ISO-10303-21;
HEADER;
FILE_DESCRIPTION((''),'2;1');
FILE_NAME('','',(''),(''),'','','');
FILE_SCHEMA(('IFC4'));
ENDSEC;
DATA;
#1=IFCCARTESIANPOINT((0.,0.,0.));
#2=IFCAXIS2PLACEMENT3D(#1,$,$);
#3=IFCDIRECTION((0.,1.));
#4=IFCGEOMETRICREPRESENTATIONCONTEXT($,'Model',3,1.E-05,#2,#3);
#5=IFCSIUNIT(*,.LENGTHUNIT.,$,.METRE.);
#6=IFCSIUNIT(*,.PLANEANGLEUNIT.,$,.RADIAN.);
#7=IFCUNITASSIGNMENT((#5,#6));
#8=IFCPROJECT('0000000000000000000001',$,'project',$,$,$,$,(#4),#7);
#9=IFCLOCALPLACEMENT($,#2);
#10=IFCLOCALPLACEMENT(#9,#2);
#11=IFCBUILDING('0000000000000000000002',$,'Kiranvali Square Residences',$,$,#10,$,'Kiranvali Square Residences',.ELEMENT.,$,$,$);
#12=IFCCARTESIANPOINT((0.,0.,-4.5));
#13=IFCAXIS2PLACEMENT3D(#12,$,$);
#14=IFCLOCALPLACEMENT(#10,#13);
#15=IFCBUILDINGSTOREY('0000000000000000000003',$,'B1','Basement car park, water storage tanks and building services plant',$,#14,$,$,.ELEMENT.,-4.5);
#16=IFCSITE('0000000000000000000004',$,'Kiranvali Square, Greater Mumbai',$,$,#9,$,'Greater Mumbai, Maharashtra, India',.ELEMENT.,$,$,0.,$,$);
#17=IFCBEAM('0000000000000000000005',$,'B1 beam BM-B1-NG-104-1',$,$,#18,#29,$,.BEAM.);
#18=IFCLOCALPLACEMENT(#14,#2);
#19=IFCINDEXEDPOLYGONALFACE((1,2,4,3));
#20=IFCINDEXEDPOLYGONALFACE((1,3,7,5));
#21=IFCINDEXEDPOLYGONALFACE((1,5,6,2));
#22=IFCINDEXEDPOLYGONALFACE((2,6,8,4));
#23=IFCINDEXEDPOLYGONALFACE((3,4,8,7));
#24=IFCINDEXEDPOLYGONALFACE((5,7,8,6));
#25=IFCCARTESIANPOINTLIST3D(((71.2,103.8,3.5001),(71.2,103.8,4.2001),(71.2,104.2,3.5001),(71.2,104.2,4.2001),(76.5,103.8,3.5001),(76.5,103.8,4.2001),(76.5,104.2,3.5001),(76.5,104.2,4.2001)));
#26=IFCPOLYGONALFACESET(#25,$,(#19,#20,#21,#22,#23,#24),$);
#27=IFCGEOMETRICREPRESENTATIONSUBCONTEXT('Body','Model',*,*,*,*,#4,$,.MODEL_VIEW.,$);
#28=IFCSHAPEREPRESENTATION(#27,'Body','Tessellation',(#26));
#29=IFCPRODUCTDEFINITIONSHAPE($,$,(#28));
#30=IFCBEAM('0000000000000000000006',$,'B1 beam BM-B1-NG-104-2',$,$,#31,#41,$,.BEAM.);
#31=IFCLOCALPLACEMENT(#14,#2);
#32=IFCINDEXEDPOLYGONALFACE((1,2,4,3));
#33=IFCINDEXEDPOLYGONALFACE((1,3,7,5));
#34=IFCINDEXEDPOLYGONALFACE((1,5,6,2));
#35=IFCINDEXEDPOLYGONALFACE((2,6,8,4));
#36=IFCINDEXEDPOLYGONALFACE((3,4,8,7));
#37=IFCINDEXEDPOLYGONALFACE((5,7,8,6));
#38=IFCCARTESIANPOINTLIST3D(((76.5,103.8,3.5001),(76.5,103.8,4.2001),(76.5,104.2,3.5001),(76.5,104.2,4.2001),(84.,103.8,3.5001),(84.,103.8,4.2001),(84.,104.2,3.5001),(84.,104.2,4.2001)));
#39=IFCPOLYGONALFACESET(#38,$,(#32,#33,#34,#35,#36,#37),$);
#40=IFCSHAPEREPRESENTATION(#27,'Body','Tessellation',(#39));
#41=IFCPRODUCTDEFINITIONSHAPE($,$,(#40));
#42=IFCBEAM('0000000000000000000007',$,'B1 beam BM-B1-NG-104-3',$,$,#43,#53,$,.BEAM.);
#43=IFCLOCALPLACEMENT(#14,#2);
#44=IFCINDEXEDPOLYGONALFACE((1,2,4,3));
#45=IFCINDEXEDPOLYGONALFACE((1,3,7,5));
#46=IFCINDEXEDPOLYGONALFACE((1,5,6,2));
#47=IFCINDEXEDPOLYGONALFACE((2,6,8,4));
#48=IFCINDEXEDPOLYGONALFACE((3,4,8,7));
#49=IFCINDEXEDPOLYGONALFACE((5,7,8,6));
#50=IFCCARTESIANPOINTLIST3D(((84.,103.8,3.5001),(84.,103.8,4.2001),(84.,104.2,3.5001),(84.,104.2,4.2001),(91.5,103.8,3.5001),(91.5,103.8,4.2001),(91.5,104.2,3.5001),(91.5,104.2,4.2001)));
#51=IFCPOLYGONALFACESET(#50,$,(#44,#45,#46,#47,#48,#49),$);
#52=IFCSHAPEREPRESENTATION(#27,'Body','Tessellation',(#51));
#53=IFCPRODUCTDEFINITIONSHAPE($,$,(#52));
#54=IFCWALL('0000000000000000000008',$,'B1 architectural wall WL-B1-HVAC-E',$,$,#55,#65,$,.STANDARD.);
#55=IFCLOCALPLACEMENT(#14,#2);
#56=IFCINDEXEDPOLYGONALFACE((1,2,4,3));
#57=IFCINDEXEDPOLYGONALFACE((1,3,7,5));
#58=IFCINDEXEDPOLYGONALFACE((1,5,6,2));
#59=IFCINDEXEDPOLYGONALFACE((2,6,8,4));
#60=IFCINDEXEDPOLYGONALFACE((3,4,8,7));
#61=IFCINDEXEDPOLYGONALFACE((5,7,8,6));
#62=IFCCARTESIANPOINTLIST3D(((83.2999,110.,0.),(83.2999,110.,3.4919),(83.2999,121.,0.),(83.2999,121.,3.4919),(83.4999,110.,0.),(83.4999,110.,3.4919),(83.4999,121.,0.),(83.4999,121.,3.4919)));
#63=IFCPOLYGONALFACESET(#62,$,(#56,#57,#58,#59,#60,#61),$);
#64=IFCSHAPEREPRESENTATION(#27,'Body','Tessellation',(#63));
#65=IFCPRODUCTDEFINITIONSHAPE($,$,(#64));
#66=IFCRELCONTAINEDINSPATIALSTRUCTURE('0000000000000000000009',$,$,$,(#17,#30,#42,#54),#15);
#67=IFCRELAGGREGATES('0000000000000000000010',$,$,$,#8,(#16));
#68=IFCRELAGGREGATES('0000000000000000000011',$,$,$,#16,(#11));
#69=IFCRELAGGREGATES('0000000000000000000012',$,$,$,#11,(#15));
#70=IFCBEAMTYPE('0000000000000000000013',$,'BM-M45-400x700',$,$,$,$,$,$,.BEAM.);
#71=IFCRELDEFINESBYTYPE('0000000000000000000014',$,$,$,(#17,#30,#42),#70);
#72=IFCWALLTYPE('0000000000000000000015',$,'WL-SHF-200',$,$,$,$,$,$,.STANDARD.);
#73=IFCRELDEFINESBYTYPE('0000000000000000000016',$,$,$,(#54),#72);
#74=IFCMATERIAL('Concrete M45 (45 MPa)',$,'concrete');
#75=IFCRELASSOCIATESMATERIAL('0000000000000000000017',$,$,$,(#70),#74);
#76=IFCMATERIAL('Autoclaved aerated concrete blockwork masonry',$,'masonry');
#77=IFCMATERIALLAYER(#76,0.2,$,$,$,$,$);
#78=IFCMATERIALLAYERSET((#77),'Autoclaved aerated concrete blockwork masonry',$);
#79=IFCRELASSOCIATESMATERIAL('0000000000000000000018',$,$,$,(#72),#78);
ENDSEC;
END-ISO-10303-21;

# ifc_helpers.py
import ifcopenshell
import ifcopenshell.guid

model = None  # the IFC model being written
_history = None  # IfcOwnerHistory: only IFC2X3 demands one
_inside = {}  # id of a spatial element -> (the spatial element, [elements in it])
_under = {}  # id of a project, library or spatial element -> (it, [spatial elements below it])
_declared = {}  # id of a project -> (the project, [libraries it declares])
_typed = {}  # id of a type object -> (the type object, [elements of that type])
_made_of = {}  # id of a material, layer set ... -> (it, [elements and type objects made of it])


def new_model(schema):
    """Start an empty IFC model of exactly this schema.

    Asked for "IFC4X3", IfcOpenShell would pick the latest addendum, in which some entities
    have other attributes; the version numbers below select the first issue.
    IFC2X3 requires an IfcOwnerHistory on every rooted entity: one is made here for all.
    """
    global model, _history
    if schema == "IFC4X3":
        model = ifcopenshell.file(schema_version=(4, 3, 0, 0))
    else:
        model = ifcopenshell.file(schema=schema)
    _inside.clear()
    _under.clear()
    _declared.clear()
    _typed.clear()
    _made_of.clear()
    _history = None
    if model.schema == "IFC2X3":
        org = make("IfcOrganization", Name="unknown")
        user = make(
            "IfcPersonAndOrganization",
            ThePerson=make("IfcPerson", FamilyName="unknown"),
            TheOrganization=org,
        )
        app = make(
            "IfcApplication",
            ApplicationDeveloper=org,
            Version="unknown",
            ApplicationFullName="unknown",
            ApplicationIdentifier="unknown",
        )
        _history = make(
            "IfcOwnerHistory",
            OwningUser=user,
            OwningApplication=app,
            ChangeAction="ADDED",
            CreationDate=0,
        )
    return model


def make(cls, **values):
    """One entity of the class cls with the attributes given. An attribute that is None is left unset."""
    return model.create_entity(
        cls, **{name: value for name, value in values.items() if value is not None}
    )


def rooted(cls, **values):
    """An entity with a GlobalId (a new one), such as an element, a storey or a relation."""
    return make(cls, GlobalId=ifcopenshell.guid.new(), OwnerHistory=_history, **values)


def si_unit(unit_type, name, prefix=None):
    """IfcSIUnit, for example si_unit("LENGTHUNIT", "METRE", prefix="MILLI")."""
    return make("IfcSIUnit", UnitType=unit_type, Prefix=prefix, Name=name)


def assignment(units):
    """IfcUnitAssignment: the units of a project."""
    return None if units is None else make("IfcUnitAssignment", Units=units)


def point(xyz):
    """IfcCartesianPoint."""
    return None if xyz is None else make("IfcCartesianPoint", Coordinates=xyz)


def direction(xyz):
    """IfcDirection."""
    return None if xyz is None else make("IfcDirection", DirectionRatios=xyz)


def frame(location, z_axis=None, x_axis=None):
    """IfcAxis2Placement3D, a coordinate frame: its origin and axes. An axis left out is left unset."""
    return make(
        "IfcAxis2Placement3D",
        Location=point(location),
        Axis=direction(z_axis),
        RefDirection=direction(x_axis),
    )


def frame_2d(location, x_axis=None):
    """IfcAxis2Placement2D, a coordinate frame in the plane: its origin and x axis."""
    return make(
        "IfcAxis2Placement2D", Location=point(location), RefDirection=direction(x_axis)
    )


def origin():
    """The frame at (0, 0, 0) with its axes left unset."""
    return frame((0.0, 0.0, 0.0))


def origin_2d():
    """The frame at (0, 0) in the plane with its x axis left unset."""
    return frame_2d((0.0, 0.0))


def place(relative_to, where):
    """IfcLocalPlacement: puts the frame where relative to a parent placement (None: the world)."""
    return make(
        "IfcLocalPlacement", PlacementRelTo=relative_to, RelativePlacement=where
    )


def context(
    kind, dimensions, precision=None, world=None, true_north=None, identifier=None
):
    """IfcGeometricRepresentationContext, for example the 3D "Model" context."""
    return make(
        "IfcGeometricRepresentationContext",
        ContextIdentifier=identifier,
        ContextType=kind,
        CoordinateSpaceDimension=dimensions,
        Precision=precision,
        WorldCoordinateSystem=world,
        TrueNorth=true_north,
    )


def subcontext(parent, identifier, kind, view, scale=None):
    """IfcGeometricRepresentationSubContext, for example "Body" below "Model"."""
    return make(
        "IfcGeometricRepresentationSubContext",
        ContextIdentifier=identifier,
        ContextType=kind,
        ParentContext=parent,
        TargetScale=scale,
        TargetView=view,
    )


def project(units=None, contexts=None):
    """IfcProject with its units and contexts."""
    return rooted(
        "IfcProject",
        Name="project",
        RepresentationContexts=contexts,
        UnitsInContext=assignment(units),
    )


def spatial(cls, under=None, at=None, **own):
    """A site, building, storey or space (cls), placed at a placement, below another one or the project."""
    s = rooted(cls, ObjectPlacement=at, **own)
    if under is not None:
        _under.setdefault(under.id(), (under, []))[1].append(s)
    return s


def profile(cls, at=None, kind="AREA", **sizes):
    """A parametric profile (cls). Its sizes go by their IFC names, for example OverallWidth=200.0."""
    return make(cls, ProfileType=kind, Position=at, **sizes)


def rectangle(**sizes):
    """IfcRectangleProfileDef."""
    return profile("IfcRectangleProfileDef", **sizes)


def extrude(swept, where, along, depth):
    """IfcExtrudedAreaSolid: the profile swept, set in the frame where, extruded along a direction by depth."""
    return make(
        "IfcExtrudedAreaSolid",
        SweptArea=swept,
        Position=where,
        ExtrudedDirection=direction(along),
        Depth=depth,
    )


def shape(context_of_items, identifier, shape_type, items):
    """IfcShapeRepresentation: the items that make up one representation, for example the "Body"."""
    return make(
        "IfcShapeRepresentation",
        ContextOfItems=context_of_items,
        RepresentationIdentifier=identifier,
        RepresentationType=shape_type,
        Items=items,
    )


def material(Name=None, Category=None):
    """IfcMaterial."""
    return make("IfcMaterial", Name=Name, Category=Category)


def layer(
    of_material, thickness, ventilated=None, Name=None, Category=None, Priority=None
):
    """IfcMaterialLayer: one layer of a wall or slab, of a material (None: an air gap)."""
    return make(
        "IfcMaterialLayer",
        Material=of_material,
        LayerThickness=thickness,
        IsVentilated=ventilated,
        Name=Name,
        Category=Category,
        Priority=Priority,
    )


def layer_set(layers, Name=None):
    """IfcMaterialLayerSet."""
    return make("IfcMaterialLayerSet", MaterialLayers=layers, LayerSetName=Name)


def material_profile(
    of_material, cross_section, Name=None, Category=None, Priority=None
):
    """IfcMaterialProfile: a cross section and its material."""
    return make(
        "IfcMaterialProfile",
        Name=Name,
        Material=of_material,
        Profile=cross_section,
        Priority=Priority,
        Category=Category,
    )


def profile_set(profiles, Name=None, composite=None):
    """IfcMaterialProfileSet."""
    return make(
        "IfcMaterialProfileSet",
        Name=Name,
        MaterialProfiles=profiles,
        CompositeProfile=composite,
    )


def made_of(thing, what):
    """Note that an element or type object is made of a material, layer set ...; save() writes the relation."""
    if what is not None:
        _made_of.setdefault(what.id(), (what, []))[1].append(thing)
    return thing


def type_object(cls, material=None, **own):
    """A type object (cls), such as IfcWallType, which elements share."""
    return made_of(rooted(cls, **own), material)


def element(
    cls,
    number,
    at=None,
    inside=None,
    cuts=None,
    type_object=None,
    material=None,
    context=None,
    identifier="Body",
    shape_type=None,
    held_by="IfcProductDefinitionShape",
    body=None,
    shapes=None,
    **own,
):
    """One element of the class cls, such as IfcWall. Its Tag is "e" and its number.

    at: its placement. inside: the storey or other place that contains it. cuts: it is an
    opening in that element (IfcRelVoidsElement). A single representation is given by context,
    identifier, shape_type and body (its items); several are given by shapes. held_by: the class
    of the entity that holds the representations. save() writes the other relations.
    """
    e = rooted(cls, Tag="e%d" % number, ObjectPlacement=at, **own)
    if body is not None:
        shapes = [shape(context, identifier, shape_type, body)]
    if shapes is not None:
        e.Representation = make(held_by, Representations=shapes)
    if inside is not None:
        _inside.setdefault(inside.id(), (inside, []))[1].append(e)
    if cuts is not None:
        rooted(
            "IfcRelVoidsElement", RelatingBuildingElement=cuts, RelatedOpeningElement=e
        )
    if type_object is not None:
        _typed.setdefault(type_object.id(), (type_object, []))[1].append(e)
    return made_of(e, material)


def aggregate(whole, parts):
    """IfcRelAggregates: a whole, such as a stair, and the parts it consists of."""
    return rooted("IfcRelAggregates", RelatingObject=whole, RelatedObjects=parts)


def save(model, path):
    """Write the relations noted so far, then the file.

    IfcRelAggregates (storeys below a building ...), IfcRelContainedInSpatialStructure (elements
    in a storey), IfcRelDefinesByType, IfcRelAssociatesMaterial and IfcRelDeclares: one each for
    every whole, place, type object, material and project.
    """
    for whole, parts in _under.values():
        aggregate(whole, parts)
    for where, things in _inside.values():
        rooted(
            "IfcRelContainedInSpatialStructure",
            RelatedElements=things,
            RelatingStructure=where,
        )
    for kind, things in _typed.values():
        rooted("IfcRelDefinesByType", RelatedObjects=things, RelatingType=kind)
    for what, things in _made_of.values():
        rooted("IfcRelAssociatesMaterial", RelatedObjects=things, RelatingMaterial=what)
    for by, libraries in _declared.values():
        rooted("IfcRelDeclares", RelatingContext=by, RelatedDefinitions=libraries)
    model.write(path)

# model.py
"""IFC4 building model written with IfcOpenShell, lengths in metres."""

from ifc_helpers import new_model, si_unit, direction, frame, frame_2d, origin, origin_2d, place, context, subcontext, project, spatial, rectangle, extrude, material, layer, layer_set, material_profile, profile_set, type_object, element, save


model = new_model("IFC4")

# Units and contexts
model_context = context("Model", 3, precision=1e-05, world=origin(), true_north=direction((0.0, 1.0)))
body_context = subcontext(model_context, "Body", "Model", "MODEL_VIEW")
ifc_project = project(units=[si_unit("LENGTHUNIT", "METRE"), si_unit("PLANEANGLEUNIT", "RADIAN")], contexts=[model_context])

# Site, building, storey
site_placement = place(None, origin())
site = spatial("IfcSite", under=ifc_project, at=site_placement, Name="Kiranvali Square, Greater Mumbai", LongName="Greater Mumbai, Maharashtra, India", CompositionType="ELEMENT", RefElevation=0.0)
building_placement = place(site_placement, origin())
building = spatial("IfcBuilding", under=site, at=building_placement, Name="Kiranvali Square Residences", LongName="Kiranvali Square Residences", CompositionType="ELEMENT")
storey_placement = place(building_placement, frame((0.0, 0.0, -4.5)))
storey = spatial("IfcBuildingStorey", under=building, at=storey_placement, Name="B1", Description="Basement car park, water storage tanks and building services plant", CompositionType="ELEMENT", Elevation=-4.5)

# Shared definitions
ifc_material_1 = material(Name="Concrete M45 (45 MPa)", Category="concrete")

# Beams
ifc_material_profile_1 = material_profile(ifc_material_1, rectangle(XDim=0.3999, YDim=0.7, at=origin_2d()), Name="RC 400x700")
ifc_profile_set_1 = profile_set([ifc_material_profile_1], Name="Concrete M45 (45 MPa)")
beam_type_1 = type_object("IfcBeamType", Name="BM-M45-400x700", PredefinedType="BEAM", material=ifc_profile_set_1)
beam_1_placement = place(storey_placement, frame((71.2, 104.0, 3.8501), z_axis=(1.0, 0.0, 0.0), x_axis=(0.0, 1.0, 0.0)))
element("IfcBeam", 1, at=beam_1_placement, inside=storey, type_object=beam_type_1, Name="B1 beam BM-B1-NG-104-1", PredefinedType="BEAM", context=body_context, shape_type="SweptSolid", body=[
    extrude(rectangle(XDim=0.3999, YDim=0.7, at=origin_2d()), origin(), (0.0, 0.0, 1.0), 5.3),
])
for number, where, z_axis, x_axis, name in (
    (2, (76.5, 104.0, 3.8501), (1.0, 0.0, 0.0), (0.0, 1.0, 0.0), "B1 beam BM-B1-NG-104-2"),
    (3, (84.0, 104.0, 3.8501), (1.0, 0.0, 0.0), (0.0, 1.0, 0.0), "B1 beam BM-B1-NG-104-3"),
):
    element("IfcBeam", number, at=place(storey_placement, frame(where, z_axis=z_axis, x_axis=x_axis)), inside=storey, type_object=beam_type_1, Name=name, PredefinedType="BEAM", context=body_context, shape_type="SweptSolid", body=[
        extrude(rectangle(XDim=0.3999, YDim=0.7, at=origin_2d()), origin(), (0.0, 0.0, 1.0), 7.5),
    ])

# Shared definitions
ifc_material_2 = material(Name="Autoclaved aerated concrete blockwork masonry", Category="masonry")
ifc_layer = layer(ifc_material_2, 0.2)
ifc_layer_set = layer_set([ifc_layer], Name="Autoclaved aerated concrete blockwork masonry")
wall_type = type_object("IfcWallType", Name="WL-SHF-200", PredefinedType="STANDARD", material=ifc_layer_set)

# Wall
wall_1_placement = place(storey_placement, frame((83.3999, 110.0, 0.0), z_axis=(0.0, 0.0, 1.0), x_axis=(0.0, 1.0, 0.0)))
element("IfcWall", 4, at=wall_1_placement, inside=storey, type_object=wall_type, Name="B1 architectural wall WL-B1-HVAC-E", PredefinedType="STANDARD", context=body_context, shape_type="SweptSolid", body=[
    extrude(rectangle(XDim=11.0, YDim=0.2, at=frame_2d((5.5, 0.0))), origin(), (0.0, 0.0, 1.0), 3.4919),
])

save(model, "model.ifc")
